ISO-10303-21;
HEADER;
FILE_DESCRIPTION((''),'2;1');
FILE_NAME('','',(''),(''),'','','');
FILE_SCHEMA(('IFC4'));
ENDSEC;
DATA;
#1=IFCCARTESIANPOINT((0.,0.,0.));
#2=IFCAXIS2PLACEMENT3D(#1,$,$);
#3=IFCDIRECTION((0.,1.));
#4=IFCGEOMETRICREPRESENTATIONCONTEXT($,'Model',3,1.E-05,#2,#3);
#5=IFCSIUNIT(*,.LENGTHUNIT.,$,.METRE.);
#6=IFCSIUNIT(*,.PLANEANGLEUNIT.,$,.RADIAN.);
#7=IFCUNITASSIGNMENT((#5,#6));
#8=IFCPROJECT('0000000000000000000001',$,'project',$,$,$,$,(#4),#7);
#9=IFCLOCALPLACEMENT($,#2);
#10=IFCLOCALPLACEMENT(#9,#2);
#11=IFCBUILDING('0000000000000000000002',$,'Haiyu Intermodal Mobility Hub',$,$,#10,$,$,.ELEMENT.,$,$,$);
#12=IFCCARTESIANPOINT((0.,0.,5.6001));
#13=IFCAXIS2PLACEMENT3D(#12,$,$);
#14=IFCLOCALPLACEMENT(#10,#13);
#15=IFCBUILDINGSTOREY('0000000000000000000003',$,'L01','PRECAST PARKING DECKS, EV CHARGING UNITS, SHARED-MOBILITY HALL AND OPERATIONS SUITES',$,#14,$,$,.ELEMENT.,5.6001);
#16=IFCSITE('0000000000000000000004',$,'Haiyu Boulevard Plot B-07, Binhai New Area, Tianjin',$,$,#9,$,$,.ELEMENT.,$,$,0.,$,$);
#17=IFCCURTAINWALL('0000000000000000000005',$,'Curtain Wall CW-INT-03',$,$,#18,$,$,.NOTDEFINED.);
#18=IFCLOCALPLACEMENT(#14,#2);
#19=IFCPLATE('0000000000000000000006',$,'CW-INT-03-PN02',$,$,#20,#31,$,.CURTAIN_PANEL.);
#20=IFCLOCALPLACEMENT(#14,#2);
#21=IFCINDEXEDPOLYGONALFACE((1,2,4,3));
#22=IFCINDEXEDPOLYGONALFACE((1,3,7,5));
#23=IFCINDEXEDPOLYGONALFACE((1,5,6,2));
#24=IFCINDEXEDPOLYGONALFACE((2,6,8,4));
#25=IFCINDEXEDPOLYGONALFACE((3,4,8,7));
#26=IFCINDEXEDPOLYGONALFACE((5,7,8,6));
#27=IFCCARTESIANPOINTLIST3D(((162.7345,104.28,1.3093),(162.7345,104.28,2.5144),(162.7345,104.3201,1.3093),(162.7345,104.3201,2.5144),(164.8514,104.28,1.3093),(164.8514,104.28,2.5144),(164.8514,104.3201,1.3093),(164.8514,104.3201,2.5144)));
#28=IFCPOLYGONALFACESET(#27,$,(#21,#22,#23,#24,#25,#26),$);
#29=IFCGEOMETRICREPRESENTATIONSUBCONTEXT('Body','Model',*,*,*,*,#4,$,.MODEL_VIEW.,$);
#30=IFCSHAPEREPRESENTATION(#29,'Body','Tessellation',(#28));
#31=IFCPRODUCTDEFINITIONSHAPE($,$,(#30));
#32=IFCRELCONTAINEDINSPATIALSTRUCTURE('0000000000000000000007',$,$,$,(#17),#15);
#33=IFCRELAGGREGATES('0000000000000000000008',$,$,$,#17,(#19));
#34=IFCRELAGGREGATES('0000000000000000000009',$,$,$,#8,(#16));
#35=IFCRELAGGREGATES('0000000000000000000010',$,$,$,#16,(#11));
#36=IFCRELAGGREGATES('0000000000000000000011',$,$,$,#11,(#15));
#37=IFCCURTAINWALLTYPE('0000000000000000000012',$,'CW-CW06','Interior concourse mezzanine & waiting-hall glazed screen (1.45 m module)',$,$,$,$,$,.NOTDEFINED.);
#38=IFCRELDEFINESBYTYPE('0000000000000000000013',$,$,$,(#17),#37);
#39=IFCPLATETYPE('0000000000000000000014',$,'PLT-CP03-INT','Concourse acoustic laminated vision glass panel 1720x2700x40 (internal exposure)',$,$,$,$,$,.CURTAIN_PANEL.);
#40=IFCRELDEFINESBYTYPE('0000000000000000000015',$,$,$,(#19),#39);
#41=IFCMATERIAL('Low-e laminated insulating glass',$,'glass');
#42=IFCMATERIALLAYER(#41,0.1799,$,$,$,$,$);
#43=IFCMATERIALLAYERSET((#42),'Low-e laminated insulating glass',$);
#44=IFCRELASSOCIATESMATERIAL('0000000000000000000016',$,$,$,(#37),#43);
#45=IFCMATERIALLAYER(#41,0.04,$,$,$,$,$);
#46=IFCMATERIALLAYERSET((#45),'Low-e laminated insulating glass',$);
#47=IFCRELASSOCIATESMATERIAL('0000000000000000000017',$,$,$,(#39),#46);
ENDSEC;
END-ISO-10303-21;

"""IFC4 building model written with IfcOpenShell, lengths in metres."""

from ifc_helpers import new_model, si_unit, direction, frame, origin, origin_2d, place, context, subcontext, project, spatial, rectangle, extrude, material, layer, layer_set, type_object, element, aggregate, save


model = new_model("IFC4")

# Units and contexts
model_context = context("Model", 3, precision=1e-05, world=origin(), true_north=direction((0.0, 1.0)))
body_context = subcontext(model_context, "Body", "Model", "MODEL_VIEW")
ifc_project = project(units=[si_unit("LENGTHUNIT", "METRE"), si_unit("PLANEANGLEUNIT", "RADIAN")], contexts=[model_context])

# Site, building, storey
site_placement = place(None, origin())
site = spatial("IfcSite", under=ifc_project, at=site_placement, Name="Haiyu Boulevard Plot B-07, Binhai New Area, Tianjin", CompositionType="ELEMENT", RefElevation=0.0)
building_placement = place(site_placement, origin())
building = spatial("IfcBuilding", under=site, at=building_placement, Name="Haiyu Intermodal Mobility Hub", CompositionType="ELEMENT")
storey_placement = place(building_placement, frame((0.0, 0.0, 5.6001)))
storey = spatial("IfcBuildingStorey", under=building, at=storey_placement, Name="L01", Description="PRECAST PARKING DECKS, EV CHARGING UNITS, SHARED-MOBILITY HALL AND OPERATIONS SUITES", CompositionType="ELEMENT", Elevation=5.6001)

# Curtain wall, plate
ifc_material_1 = material(Name="Low-e laminated insulating glass", Category="glass")
ifc_layer_1 = layer(ifc_material_1, 0.1799)
ifc_layer_set_1 = layer_set([ifc_layer_1], Name="Low-e laminated insulating glass")
curtain_wall_type = type_object("IfcCurtainWallType", Name="CW-CW06", Description="Interior concourse mezzanine & waiting-hall glazed screen (1.45 m module)", PredefinedType="NOTDEFINED", material=ifc_layer_set_1)
curtain_wall_placement = place(storey_placement, origin())
curtain_wall = element("IfcCurtainWall", 1, at=curtain_wall_placement, inside=storey, type_object=curtain_wall_type, Name="Curtain Wall CW-INT-03", PredefinedType="NOTDEFINED")
ifc_layer_2 = layer(ifc_material_1, 0.04)
ifc_layer_set_2 = layer_set([ifc_layer_2], Name="Low-e laminated insulating glass")
plate_type = type_object("IfcPlateType", Name="PLT-CP03-INT", Description="Concourse acoustic laminated vision glass panel 1720x2700x40 (internal exposure)", PredefinedType="CURTAIN_PANEL", material=ifc_layer_set_2)
plate_1_placement = place(storey_placement, frame((163.793, 104.3, 1.3093), z_axis=(0.0, 0.0, 1.0), x_axis=(1.0, 0.0, 0.0)))
plate_1 = element("IfcPlate", 2, at=plate_1_placement, type_object=plate_type, Name="CW-INT-03-PN02", PredefinedType="CURTAIN_PANEL", context=body_context, shape_type="SweptSolid", body=[
    extrude(rectangle(XDim=2.1169, YDim=0.04, at=origin_2d()), origin(), (0.0, 0.0, 1.0), 1.2051),
])
aggregate(curtain_wall, [plate_1])

save(model, "model.ifc")
